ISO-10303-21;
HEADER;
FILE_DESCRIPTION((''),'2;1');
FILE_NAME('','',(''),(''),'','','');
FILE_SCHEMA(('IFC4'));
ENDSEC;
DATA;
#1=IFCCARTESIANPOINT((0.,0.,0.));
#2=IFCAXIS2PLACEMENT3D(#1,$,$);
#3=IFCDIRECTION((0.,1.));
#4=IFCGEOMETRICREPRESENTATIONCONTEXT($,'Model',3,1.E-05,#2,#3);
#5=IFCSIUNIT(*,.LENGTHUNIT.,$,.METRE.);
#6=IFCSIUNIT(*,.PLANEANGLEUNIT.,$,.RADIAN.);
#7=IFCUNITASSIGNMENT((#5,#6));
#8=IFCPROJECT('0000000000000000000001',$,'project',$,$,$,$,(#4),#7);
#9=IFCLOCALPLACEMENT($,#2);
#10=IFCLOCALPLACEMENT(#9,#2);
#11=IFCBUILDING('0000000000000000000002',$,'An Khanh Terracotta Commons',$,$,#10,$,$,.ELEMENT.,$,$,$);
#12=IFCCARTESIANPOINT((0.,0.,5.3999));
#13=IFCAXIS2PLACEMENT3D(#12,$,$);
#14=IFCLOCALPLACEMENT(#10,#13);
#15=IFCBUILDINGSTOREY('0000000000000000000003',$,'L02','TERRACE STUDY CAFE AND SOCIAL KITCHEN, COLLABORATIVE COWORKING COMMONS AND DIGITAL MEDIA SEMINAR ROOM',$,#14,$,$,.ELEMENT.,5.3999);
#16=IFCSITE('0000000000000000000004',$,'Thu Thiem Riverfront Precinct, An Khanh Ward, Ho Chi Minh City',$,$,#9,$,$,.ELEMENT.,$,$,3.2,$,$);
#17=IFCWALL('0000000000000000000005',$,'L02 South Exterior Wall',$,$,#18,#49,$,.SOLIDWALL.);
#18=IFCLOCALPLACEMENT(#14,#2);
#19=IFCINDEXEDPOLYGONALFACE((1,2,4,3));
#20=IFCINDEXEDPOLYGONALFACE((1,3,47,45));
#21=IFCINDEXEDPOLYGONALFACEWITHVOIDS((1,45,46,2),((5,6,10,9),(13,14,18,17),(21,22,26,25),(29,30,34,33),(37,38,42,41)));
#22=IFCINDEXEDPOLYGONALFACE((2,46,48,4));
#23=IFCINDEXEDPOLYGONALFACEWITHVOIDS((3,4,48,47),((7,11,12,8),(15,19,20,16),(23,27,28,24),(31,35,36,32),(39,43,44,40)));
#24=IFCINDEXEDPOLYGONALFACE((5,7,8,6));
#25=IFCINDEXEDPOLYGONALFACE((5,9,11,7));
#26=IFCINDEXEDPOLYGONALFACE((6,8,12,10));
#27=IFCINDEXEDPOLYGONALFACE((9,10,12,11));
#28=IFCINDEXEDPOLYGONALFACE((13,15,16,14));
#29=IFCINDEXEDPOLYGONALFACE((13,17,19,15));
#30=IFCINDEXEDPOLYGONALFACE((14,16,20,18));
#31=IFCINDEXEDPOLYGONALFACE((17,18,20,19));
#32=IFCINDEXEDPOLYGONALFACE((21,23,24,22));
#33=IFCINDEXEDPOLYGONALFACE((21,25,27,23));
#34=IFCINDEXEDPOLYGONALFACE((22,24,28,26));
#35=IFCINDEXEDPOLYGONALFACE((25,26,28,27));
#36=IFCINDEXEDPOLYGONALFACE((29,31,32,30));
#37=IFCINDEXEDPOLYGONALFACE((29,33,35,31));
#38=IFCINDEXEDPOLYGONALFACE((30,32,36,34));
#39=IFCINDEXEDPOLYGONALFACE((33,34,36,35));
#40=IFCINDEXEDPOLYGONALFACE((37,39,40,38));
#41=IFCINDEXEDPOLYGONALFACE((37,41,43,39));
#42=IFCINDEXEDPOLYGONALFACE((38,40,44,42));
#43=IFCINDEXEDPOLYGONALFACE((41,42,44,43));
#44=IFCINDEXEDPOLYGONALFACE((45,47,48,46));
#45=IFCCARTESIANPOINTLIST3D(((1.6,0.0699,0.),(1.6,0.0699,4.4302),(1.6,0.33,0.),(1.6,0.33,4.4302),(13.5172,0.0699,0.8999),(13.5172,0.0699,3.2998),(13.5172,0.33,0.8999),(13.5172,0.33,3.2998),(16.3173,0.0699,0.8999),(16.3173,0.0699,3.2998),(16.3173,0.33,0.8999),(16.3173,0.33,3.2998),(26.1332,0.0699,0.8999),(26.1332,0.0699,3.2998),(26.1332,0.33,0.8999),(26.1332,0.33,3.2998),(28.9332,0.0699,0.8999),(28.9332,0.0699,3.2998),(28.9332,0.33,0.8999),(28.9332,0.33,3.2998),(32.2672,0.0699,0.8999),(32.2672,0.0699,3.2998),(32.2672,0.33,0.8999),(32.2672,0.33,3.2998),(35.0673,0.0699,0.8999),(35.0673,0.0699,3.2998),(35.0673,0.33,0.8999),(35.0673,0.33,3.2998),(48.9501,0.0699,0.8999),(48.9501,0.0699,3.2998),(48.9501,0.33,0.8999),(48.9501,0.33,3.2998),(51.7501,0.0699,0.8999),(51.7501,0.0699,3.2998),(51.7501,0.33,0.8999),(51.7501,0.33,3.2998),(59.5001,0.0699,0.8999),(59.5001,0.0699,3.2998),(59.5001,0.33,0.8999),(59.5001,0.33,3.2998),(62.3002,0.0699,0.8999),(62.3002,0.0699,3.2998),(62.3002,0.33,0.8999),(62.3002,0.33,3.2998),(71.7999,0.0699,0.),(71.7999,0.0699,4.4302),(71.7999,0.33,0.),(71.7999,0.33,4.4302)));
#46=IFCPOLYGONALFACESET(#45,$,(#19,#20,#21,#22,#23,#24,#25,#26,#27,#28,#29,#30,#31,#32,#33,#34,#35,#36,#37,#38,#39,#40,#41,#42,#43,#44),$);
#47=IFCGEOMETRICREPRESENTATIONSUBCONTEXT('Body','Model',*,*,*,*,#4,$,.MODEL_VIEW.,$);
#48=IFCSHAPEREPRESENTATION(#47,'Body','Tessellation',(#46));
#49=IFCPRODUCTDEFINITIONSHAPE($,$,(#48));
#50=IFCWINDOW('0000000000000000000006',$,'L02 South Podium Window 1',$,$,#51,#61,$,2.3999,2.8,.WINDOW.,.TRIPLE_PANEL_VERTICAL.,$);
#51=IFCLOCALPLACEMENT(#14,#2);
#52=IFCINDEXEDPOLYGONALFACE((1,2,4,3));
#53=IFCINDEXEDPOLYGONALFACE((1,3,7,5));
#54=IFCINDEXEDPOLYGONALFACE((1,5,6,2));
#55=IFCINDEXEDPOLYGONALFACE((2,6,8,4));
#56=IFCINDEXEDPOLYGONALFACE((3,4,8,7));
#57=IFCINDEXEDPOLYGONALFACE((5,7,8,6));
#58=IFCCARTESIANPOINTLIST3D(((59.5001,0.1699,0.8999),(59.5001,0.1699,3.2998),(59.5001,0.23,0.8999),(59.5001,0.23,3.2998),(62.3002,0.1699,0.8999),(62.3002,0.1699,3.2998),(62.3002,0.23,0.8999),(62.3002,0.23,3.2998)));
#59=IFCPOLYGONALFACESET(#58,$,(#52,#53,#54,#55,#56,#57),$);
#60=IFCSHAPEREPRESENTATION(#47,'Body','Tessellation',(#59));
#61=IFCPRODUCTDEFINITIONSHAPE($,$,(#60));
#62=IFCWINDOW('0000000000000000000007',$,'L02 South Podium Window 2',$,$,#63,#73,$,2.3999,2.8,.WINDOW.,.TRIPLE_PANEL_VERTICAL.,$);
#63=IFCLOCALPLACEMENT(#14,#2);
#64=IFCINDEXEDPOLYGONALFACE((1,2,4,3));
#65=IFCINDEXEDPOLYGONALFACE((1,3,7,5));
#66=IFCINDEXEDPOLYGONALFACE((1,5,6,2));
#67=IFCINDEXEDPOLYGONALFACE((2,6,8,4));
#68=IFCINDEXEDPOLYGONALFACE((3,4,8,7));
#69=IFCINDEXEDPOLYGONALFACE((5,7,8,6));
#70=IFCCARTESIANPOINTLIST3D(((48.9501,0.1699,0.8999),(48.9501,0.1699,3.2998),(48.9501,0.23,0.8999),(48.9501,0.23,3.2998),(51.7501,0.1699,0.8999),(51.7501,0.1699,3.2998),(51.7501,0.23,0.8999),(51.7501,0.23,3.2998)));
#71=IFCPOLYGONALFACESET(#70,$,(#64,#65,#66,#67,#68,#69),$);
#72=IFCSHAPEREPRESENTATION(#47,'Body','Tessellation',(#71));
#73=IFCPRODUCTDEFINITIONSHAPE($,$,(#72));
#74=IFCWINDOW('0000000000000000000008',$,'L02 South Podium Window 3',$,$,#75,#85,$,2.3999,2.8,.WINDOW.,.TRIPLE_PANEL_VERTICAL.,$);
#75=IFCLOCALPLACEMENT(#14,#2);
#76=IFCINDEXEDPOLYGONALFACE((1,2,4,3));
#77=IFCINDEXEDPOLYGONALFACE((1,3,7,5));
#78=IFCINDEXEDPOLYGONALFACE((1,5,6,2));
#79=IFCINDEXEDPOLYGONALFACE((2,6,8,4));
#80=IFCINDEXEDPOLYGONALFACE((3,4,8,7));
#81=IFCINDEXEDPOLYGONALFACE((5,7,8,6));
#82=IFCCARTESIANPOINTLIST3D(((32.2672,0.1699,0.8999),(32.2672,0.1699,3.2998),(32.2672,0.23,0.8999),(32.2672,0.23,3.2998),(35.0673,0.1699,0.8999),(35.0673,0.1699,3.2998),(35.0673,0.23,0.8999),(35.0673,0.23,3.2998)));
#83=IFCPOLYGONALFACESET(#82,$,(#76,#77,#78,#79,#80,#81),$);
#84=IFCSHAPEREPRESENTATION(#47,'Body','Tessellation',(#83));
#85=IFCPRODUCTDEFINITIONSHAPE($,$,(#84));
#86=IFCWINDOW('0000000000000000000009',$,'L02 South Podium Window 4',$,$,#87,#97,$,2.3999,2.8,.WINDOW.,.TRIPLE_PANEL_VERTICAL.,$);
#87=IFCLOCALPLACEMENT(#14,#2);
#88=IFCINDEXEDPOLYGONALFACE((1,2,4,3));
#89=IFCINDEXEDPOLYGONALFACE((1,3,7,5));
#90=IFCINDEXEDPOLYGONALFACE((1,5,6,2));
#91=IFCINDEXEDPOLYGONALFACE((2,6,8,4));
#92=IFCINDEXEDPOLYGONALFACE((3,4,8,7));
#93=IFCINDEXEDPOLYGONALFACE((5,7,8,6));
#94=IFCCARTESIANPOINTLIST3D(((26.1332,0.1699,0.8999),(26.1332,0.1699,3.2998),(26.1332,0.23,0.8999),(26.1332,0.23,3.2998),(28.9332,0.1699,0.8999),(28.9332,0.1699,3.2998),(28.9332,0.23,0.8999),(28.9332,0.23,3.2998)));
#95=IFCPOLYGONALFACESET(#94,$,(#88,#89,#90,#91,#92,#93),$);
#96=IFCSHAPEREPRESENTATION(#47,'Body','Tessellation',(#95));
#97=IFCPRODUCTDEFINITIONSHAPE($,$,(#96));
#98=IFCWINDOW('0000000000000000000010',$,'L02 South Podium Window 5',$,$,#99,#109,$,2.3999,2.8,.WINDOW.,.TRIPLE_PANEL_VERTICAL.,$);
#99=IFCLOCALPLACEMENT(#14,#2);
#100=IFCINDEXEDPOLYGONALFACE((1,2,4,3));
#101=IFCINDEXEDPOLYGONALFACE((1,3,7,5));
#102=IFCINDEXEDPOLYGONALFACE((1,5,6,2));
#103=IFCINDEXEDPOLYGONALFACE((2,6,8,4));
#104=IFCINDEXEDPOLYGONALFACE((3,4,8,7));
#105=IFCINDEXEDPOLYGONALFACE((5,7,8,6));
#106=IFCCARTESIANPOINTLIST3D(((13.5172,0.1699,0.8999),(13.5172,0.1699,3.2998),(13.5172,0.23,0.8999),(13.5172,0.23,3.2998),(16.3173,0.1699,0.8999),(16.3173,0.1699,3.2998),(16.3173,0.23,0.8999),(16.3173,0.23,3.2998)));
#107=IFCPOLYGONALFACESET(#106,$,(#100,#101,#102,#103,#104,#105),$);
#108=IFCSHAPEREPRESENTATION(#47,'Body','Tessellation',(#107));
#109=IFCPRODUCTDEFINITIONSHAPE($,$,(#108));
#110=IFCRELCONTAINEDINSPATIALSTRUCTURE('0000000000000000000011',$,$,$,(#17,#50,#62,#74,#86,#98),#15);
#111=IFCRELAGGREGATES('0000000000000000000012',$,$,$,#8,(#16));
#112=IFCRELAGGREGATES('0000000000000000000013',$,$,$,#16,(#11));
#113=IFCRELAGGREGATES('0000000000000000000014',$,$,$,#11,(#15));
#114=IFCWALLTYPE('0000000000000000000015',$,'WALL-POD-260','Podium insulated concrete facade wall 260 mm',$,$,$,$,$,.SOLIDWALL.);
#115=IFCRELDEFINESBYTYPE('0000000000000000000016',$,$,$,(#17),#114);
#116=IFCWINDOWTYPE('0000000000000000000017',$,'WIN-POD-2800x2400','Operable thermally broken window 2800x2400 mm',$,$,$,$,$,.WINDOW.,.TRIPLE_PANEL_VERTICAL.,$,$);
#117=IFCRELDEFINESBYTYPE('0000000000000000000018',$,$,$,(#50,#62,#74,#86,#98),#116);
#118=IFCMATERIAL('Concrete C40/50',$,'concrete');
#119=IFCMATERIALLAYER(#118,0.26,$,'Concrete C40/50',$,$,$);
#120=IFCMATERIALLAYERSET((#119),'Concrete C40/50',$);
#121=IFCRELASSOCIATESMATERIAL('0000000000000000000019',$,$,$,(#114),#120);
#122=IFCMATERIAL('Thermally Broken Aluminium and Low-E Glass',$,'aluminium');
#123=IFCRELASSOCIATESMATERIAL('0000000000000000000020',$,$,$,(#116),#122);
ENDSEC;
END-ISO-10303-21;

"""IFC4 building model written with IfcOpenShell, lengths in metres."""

from ifc_helpers import new_model, si_unit, direction, frame, frame_2d, origin, place, context, subcontext, project, spatial, rectangle, extrude, material, layer, layer_set, type_object, element, fill, save


model = new_model("IFC4")

# Units and contexts
model_context = context("Model", 3, precision=1e-05, world=origin(), true_north=direction((0.0, 1.0)))
body_context = subcontext(model_context, "Body", "Model", "MODEL_VIEW")
ifc_project = project(units=[si_unit("LENGTHUNIT", "METRE"), si_unit("PLANEANGLEUNIT", "RADIAN")], contexts=[model_context])

# Site, building, storey
site_placement = place(None, origin())
site = spatial("IfcSite", under=ifc_project, at=site_placement, Name="Thu Thiem Riverfront Precinct, An Khanh Ward, Ho Chi Minh City", CompositionType="ELEMENT", RefElevation=3.2)
building_placement = place(site_placement, origin())
building = spatial("IfcBuilding", under=site, at=building_placement, Name="An Khanh Terracotta Commons", CompositionType="ELEMENT")
storey_placement = place(building_placement, frame((0.0, 0.0, 5.3999)))
storey = spatial("IfcBuildingStorey", under=building, at=storey_placement, Name="L02", Description="TERRACE STUDY CAFE AND SOCIAL KITCHEN, COLLABORATIVE COWORKING COMMONS AND DIGITAL MEDIA SEMINAR ROOM", CompositionType="ELEMENT", Elevation=5.3999)

# Wall, openings, windows
ifc_material_1 = material(Name="Concrete C40/50", Category="concrete")
ifc_layer_1 = layer(ifc_material_1, 0.26, Name="Concrete C40/50")
ifc_layer_set_1 = layer_set([ifc_layer_1], Name="Concrete C40/50")
wall_type_1 = type_object("IfcWallType", Name="WALL-POD-260", Description="Podium insulated concrete facade wall 260 mm", PredefinedType="SOLIDWALL", material=ifc_layer_set_1)
wall_1_placement = place(storey_placement, frame((71.8, 0.2, 0.0), z_axis=(0.0, 0.0, 1.0), x_axis=(-1.0, 0.0, 0.0)))
wall_1 = element("IfcWall", 1, at=wall_1_placement, inside=storey, type_object=wall_type_1, Name="L02 South Exterior Wall", PredefinedType="SOLIDWALL", context=body_context, shape_type="SweptSolid", body=[
    extrude(rectangle(XDim=70.2, YDim=0.26, at=frame_2d((35.1001, 0.0))), origin(), (0.0, 0.0, 1.0), 4.4302),
])
opening_1_placement = place(wall_1_placement, frame((9.5, 0.0, 0.8999)))
opening_1 = element("IfcOpeningElement", 2, at=opening_1_placement, cuts=wall_1, PredefinedType="OPENING", context=body_context, shape_type="SweptSolid", body=[
    extrude(rectangle(XDim=2.8, YDim=2.3999, at=frame_2d((1.3999, 1.2))), frame((0.0, 0.1399, 0.0), z_axis=(0.0, -1.0, 0.0), x_axis=(1.0, 0.0, 0.0)), (0.0, 0.0, 1.0), 0.28),
])
opening_2_placement = place(wall_1_placement, frame((20.05, 0.0, 0.8999)))
opening_2 = element("IfcOpeningElement", 3, at=opening_2_placement, cuts=wall_1, PredefinedType="OPENING", context=body_context, shape_type="SweptSolid", body=[
    extrude(rectangle(XDim=2.8, YDim=2.3999, at=frame_2d((1.3999, 1.2))), frame((0.0, 0.1399, 0.0), z_axis=(0.0, -1.0, 0.0), x_axis=(1.0, 0.0, 0.0)), (0.0, 0.0, 1.0), 0.28),
])
opening_3_placement = place(wall_1_placement, frame((36.7329, 0.0, 0.8999)))
opening_3 = element("IfcOpeningElement", 4, at=opening_3_placement, cuts=wall_1, PredefinedType="OPENING", context=body_context, shape_type="SweptSolid", body=[
    extrude(rectangle(XDim=2.8, YDim=2.3999, at=frame_2d((1.3999, 1.2))), frame((0.0, 0.1399, 0.0), z_axis=(0.0, -1.0, 0.0), x_axis=(1.0, 0.0, 0.0)), (0.0, 0.0, 1.0), 0.28),
])
opening_4_placement = place(wall_1_placement, frame((42.8669, 0.0, 0.8999)))
opening_4 = element("IfcOpeningElement", 5, at=opening_4_placement, cuts=wall_1, PredefinedType="OPENING", context=body_context, shape_type="SweptSolid", body=[
    extrude(rectangle(XDim=2.8, YDim=2.3999, at=frame_2d((1.3999, 1.2))), frame((0.0, 0.1399, 0.0), z_axis=(0.0, -1.0, 0.0), x_axis=(1.0, 0.0, 0.0)), (0.0, 0.0, 1.0), 0.28),
])
opening_5_placement = place(wall_1_placement, frame((55.4829, 0.0, 0.8999)))
opening_5 = element("IfcOpeningElement", 6, at=opening_5_placement, cuts=wall_1, PredefinedType="OPENING", context=body_context, shape_type="SweptSolid", body=[
    extrude(rectangle(XDim=2.8, YDim=2.3999, at=frame_2d((1.3999, 1.2))), frame((0.0, 0.1399, 0.0), z_axis=(0.0, -1.0, 0.0), x_axis=(1.0, 0.0, 0.0)), (0.0, 0.0, 1.0), 0.28),
])
ifc_material_2 = material(Name="Thermally Broken Aluminium and Low-E Glass", Category="aluminium")
window_type = type_object("IfcWindowType", Name="WIN-POD-2800x2400", Description="Operable thermally broken window 2800x2400 mm", PartitioningType="TRIPLE_PANEL_VERTICAL", PredefinedType="WINDOW", material=ifc_material_2)
window_1_placement = place(opening_1_placement, origin())
window_1 = element("IfcWindow", 7, at=window_1_placement, inside=storey, type_object=window_type, Name="L02 South Podium Window 1", OverallHeight=2.3999, OverallWidth=2.8, PartitioningType="TRIPLE_PANEL_VERTICAL", PredefinedType="WINDOW", context=body_context, shape_type="SweptSolid", body=[
    extrude(rectangle(XDim=2.8, YDim=2.3999, at=frame_2d((1.3999, 1.2))), frame((0.0, 0.03, 0.0), z_axis=(0.0, -1.0, 0.0), x_axis=(1.0, 0.0, 0.0)), (0.0, 0.0, 1.0), 0.0601),
])
fill(opening_1, window_1)
window_2_placement = place(opening_2_placement, origin())
window_2 = element("IfcWindow", 8, at=window_2_placement, inside=storey, type_object=window_type, Name="L02 South Podium Window 2", OverallHeight=2.3999, OverallWidth=2.8, PartitioningType="TRIPLE_PANEL_VERTICAL", PredefinedType="WINDOW", context=body_context, shape_type="SweptSolid", body=[
    extrude(rectangle(XDim=2.8, YDim=2.3999, at=frame_2d((1.3999, 1.2))), frame((0.0, 0.03, 0.0), z_axis=(0.0, -1.0, 0.0), x_axis=(1.0, 0.0, 0.0)), (0.0, 0.0, 1.0), 0.0601),
])
fill(opening_2, window_2)
window_3_placement = place(opening_3_placement, origin())
window_3 = element("IfcWindow", 9, at=window_3_placement, inside=storey, type_object=window_type, Name="L02 South Podium Window 3", OverallHeight=2.3999, OverallWidth=2.8, PartitioningType="TRIPLE_PANEL_VERTICAL", PredefinedType="WINDOW", context=body_context, shape_type="SweptSolid", body=[
    extrude(rectangle(XDim=2.8, YDim=2.3999, at=frame_2d((1.3999, 1.2))), frame((0.0, 0.03, 0.0), z_axis=(0.0, -1.0, 0.0), x_axis=(1.0, 0.0, 0.0)), (0.0, 0.0, 1.0), 0.0601),
])
fill(opening_3, window_3)
window_4_placement = place(opening_4_placement, origin())
window_4 = element("IfcWindow", 10, at=window_4_placement, inside=storey, type_object=window_type, Name="L02 South Podium Window 4", OverallHeight=2.3999, OverallWidth=2.8, PartitioningType="TRIPLE_PANEL_VERTICAL", PredefinedType="WINDOW", context=body_context, shape_type="SweptSolid", body=[
    extrude(rectangle(XDim=2.8, YDim=2.3999, at=frame_2d((1.3999, 1.2))), frame((0.0, 0.03, 0.0), z_axis=(0.0, -1.0, 0.0), x_axis=(1.0, 0.0, 0.0)), (0.0, 0.0, 1.0), 0.0601),
])
fill(opening_4, window_4)
window_5_placement = place(opening_5_placement, origin())
window_5 = element("IfcWindow", 11, at=window_5_placement, inside=storey, type_object=window_type, Name="L02 South Podium Window 5", OverallHeight=2.3999, OverallWidth=2.8, PartitioningType="TRIPLE_PANEL_VERTICAL", PredefinedType="WINDOW", context=body_context, shape_type="SweptSolid", body=[
    extrude(rectangle(XDim=2.8, YDim=2.3999, at=frame_2d((1.3999, 1.2))), frame((0.0, 0.03, 0.0), z_axis=(0.0, -1.0, 0.0), x_axis=(1.0, 0.0, 0.0)), (0.0, 0.0, 1.0), 0.0601),
])
fill(opening_5, window_5)

save(model, "model.ifc")
